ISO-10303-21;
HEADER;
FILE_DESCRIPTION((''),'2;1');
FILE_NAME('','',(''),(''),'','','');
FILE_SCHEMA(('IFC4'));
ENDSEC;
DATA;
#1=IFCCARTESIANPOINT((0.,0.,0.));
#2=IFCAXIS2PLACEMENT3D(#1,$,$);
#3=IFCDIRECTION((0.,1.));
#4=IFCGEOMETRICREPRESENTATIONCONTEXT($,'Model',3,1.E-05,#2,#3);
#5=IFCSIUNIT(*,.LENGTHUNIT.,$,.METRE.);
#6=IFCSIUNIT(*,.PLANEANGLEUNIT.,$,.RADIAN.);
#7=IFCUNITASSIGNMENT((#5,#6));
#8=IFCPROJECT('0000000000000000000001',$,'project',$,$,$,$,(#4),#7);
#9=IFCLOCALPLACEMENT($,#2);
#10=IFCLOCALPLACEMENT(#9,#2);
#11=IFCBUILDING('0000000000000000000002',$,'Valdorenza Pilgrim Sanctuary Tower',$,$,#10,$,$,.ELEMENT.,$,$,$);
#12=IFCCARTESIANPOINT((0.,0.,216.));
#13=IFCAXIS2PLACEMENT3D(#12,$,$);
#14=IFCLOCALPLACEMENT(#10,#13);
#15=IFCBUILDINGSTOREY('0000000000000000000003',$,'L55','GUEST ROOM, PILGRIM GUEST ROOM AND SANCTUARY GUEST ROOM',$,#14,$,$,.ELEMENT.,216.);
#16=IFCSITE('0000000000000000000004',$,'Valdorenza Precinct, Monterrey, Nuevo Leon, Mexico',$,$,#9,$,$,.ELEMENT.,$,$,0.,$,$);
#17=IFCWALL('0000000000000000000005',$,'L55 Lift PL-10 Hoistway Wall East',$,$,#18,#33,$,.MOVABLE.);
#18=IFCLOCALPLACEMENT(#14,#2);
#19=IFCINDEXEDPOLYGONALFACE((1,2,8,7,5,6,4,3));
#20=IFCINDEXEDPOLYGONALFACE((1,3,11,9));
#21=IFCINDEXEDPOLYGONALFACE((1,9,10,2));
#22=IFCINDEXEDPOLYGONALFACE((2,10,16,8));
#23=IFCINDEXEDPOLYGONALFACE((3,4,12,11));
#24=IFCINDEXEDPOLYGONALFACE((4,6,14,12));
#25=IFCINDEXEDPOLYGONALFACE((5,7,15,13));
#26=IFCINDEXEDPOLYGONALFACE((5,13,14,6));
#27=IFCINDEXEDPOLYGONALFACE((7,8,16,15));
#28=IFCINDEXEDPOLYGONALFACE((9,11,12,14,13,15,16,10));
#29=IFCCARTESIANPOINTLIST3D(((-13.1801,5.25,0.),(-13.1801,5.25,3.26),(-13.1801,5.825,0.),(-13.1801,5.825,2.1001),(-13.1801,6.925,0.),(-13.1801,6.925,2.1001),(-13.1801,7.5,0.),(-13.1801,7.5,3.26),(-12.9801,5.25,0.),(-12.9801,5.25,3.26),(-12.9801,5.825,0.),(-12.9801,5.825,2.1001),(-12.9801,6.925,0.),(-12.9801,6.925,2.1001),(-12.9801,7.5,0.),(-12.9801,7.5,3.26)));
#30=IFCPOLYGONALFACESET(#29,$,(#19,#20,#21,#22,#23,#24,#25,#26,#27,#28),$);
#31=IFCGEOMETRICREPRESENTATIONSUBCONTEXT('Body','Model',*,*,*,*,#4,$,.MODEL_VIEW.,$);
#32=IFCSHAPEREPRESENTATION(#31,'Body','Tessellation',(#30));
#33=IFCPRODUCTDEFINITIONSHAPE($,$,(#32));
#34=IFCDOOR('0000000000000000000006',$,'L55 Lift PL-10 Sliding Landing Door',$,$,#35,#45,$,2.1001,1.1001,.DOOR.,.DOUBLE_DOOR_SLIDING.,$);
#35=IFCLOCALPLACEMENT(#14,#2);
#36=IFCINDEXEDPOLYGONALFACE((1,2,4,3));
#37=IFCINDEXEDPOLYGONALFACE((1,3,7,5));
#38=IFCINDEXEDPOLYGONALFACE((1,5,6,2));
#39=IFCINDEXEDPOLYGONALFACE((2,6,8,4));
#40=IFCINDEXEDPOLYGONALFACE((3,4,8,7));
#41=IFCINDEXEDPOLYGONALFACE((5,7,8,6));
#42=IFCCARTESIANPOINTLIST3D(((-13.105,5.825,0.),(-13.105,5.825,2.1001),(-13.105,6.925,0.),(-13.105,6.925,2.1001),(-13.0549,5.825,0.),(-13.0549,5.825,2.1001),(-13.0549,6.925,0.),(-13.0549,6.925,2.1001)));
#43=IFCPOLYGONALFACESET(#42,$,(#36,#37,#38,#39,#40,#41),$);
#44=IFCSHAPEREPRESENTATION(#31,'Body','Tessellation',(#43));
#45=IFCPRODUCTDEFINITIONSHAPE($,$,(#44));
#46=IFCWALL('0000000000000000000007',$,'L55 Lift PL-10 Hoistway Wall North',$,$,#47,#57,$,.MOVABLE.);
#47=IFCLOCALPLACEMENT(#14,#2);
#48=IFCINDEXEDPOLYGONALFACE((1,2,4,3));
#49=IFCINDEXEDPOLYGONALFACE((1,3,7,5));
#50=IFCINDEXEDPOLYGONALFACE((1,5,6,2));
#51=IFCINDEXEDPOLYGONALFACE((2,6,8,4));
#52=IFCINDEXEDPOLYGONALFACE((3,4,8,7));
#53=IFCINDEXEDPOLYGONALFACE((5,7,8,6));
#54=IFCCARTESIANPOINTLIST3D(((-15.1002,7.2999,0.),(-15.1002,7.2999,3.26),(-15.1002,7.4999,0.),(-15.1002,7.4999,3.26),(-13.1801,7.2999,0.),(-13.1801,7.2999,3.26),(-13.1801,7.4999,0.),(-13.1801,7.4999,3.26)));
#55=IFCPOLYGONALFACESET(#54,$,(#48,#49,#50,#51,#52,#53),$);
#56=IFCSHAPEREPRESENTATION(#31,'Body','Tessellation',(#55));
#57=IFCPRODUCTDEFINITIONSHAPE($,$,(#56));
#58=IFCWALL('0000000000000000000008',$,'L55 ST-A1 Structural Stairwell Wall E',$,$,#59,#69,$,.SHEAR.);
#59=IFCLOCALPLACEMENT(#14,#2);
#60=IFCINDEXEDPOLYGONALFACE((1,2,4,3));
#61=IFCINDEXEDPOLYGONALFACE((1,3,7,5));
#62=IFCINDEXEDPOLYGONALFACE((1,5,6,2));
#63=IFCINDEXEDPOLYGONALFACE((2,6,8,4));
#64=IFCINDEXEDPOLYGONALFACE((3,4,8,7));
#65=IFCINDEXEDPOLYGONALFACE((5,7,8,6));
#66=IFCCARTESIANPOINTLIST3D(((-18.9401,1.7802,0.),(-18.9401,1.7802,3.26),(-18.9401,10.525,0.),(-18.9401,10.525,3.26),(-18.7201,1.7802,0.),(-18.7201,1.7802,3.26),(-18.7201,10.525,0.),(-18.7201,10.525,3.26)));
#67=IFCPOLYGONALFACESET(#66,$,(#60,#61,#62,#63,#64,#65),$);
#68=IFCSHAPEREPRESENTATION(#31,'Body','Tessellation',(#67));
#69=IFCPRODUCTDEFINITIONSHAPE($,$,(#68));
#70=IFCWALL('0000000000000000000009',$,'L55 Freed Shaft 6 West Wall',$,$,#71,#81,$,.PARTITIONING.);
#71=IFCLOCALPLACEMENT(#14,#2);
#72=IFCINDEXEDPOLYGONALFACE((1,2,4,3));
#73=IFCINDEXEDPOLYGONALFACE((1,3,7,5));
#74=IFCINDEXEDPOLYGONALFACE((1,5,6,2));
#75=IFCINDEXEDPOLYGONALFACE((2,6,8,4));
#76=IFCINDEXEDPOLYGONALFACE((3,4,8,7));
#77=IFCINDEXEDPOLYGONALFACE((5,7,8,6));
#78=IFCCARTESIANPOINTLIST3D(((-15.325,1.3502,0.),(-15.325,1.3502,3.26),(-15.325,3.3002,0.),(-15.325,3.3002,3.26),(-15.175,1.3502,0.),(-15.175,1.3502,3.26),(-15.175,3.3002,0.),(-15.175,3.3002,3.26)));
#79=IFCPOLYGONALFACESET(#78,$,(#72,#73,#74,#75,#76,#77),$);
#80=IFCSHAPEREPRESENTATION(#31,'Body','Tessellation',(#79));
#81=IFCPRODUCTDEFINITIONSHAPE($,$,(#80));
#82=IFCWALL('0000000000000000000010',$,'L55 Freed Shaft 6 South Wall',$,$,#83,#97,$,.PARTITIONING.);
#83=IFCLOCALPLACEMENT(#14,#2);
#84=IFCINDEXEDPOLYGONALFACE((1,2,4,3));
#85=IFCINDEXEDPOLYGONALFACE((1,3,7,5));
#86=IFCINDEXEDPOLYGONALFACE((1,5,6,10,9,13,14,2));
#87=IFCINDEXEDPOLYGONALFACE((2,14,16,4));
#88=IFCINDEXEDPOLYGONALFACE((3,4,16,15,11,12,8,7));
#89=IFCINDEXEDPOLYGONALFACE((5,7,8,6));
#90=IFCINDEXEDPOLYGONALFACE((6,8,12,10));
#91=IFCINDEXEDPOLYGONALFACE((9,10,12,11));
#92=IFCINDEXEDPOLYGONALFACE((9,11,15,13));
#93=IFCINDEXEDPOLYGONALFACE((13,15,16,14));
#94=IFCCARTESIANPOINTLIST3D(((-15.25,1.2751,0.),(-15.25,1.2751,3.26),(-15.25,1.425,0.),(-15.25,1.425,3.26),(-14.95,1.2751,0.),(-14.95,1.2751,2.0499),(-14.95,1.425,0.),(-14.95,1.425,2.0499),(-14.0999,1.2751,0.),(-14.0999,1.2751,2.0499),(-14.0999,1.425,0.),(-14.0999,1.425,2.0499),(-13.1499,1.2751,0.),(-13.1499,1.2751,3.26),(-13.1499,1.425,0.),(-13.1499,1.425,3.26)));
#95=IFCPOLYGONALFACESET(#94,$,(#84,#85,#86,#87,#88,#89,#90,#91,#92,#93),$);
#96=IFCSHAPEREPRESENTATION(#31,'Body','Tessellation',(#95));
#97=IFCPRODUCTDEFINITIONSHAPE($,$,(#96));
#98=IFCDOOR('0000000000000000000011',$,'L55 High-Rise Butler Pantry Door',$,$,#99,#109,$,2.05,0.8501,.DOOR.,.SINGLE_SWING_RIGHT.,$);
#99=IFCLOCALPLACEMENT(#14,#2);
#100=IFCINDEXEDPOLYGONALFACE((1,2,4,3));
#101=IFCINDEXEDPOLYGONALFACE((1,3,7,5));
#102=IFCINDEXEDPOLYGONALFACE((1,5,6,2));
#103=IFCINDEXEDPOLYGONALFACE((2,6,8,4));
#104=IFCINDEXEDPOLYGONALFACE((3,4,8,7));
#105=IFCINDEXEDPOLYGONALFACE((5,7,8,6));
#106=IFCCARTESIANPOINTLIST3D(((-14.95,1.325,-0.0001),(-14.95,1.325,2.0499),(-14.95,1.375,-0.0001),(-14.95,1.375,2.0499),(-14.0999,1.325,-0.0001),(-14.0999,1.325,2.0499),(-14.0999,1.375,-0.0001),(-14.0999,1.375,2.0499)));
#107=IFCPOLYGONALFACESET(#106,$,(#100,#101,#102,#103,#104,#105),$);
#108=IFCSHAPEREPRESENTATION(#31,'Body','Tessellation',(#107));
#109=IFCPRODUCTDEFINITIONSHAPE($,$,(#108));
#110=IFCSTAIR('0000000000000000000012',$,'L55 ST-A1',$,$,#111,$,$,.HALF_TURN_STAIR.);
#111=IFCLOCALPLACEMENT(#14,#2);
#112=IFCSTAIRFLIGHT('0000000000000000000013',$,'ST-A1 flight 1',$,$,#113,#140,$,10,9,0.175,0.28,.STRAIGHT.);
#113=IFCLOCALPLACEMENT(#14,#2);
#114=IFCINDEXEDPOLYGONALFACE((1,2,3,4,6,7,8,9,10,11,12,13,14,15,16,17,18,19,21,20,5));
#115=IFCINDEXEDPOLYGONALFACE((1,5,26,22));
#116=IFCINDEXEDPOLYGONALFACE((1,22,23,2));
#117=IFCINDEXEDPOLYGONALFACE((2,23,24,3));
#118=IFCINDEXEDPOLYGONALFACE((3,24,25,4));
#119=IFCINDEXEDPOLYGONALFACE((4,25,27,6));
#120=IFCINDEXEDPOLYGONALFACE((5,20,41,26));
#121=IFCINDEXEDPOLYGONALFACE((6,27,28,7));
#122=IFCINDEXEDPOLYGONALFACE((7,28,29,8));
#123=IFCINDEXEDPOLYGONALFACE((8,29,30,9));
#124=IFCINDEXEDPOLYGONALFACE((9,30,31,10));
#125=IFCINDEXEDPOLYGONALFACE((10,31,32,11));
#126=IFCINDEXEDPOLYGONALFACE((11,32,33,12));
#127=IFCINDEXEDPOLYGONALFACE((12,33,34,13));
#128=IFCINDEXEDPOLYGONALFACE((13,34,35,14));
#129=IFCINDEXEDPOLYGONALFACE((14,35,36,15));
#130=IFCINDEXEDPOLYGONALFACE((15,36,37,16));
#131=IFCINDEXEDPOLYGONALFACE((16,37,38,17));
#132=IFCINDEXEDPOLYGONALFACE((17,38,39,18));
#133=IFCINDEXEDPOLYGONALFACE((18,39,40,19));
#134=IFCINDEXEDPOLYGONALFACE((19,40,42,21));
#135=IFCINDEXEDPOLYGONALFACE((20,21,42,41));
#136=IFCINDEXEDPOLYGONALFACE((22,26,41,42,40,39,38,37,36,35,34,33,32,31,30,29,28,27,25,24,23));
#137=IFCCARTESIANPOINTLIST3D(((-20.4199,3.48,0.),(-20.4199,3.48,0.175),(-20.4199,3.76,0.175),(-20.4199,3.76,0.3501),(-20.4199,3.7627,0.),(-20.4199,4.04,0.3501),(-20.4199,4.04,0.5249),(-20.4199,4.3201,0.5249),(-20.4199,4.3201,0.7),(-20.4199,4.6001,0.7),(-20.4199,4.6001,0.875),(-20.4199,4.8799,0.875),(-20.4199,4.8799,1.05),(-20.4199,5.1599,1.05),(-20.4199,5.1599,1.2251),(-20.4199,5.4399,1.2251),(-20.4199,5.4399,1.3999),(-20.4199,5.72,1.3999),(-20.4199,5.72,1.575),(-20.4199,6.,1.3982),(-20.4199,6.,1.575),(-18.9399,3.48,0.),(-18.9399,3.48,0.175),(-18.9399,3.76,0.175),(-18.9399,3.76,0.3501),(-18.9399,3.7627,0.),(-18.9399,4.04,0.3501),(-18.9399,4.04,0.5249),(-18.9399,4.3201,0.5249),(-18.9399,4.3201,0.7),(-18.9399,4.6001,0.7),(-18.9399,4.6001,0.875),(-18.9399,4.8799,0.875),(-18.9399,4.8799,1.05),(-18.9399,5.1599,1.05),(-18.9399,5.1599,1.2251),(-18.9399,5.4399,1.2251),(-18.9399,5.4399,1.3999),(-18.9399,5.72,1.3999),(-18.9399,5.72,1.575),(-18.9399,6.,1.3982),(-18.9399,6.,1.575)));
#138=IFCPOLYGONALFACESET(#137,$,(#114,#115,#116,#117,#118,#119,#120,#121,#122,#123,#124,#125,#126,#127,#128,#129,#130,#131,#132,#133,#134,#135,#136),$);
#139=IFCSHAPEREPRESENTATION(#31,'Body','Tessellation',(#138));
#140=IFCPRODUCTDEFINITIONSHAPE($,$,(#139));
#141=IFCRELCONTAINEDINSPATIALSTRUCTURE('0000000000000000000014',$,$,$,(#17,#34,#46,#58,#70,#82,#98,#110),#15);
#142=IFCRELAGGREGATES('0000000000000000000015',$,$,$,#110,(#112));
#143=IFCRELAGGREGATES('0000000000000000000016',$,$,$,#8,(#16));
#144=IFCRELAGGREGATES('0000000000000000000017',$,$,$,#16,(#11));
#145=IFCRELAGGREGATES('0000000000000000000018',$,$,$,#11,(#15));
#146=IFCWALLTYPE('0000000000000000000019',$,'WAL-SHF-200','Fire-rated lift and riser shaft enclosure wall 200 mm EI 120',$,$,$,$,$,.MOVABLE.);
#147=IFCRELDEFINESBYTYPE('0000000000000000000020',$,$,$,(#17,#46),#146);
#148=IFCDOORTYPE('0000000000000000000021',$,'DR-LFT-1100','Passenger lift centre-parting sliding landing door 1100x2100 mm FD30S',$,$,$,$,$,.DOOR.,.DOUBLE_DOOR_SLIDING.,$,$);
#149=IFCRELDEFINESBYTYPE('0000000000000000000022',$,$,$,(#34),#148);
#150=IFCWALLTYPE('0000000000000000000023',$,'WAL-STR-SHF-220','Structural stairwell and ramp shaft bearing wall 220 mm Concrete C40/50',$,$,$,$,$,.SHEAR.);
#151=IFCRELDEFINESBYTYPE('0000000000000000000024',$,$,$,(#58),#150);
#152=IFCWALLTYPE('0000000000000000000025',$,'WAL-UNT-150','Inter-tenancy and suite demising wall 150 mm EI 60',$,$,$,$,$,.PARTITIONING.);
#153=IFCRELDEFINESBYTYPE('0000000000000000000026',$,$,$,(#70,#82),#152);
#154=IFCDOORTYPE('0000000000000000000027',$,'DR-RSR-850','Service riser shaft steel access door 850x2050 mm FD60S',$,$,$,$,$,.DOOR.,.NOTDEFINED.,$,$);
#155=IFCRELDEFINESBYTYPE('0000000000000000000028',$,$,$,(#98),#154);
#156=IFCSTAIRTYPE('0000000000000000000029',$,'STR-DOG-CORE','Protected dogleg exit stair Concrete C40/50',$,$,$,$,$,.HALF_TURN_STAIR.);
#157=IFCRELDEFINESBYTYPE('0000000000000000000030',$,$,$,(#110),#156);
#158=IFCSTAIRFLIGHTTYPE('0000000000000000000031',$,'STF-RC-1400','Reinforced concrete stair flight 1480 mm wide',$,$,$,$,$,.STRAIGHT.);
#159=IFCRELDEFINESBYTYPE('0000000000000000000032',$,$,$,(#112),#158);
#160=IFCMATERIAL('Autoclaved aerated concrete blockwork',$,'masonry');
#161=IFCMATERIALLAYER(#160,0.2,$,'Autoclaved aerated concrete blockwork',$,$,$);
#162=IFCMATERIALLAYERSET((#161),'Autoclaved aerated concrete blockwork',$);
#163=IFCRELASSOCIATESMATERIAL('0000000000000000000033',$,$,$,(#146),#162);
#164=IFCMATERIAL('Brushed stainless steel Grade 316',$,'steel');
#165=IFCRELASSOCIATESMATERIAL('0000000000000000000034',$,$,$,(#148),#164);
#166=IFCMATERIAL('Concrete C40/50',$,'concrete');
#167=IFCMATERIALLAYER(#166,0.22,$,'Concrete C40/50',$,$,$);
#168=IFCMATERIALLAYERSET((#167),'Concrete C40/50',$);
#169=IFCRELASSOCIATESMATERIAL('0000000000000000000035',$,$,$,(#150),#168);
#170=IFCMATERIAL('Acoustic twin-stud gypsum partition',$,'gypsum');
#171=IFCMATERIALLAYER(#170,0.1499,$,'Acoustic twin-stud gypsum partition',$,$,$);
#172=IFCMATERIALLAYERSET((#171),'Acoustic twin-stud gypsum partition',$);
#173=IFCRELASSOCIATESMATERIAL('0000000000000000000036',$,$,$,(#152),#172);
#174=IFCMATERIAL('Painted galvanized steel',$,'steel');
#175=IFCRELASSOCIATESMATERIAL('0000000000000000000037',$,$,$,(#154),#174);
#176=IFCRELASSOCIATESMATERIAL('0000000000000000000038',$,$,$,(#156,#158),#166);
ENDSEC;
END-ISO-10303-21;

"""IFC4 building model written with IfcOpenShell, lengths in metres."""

from ifc_helpers import new_model, si_unit, direction, frame, frame_2d, origin, place, context, subcontext, project, spatial, polyline, rectangle, outline, extrude, material, layer, layer_set, type_object, element, fill, aggregate, save


model = new_model("IFC4")

# Units and contexts
model_context = context("Model", 3, precision=1e-05, world=origin(), true_north=direction((0.0, 1.0)))
body_context = subcontext(model_context, "Body", "Model", "MODEL_VIEW")
ifc_project = project(units=[si_unit("LENGTHUNIT", "METRE"), si_unit("PLANEANGLEUNIT", "RADIAN")], contexts=[model_context])

# Site, building, storey
site_placement = place(None, origin())
site = spatial("IfcSite", under=ifc_project, at=site_placement, Name="Valdorenza Precinct, Monterrey, Nuevo Leon, Mexico", CompositionType="ELEMENT", RefElevation=0.0)
building_placement = place(site_placement, origin())
building = spatial("IfcBuilding", under=site, at=building_placement, Name="Valdorenza Pilgrim Sanctuary Tower", CompositionType="ELEMENT")
storey_placement = place(building_placement, frame((0.0, 0.0, 216.0)))
storey = spatial("IfcBuildingStorey", under=building, at=storey_placement, Name="L55", Description="GUEST ROOM, PILGRIM GUEST ROOM AND SANCTUARY GUEST ROOM", CompositionType="ELEMENT", Elevation=216.0)

# Shared definitions
ifc_material_1 = material(Name="Acoustic twin-stud gypsum partition", Category="gypsum")
ifc_material_2 = material(Name="Autoclaved aerated concrete blockwork", Category="masonry")
ifc_layer_1 = layer(ifc_material_2, 0.2, Name="Autoclaved aerated concrete blockwork")
ifc_layer_set_1 = layer_set([ifc_layer_1], Name="Autoclaved aerated concrete blockwork")
wall_type_1 = type_object("IfcWallType", Name="WAL-SHF-200", Description="Fire-rated lift and riser shaft enclosure wall 200 mm EI 120", PredefinedType="MOVABLE", material=ifc_layer_set_1)

# Shared definitions
ifc_material_3 = material(Name="Brushed stainless steel Grade 316", Category="steel")

# Shared definitions
door_type_1 = type_object("IfcDoorType", Name="DR-LFT-1100", Description="Passenger lift centre-parting sliding landing door 1100x2100 mm FD30S", OperationType="DOUBLE_DOOR_SLIDING", PredefinedType="DOOR", material=ifc_material_3)

# Wall, opening, door
wall_1_placement = place(storey_placement, frame((-13.0801, 5.25, 0.0), z_axis=(0.0, 0.0, 1.0), x_axis=(0.0, 1.0, 0.0)))
wall_1 = element("IfcWall", 1, at=wall_1_placement, inside=storey, type_object=wall_type_1, Name="L55 Lift PL-10 Hoistway Wall East", PredefinedType="MOVABLE", context=body_context, shape_type="SweptSolid", body=[
    extrude(rectangle(XDim=2.25, YDim=0.2, at=frame_2d((1.125, 0.0))), origin(), (0.0, 0.0, 1.0), 3.26),
])
opening_1_placement = place(wall_1_placement, frame((0.575, 0.0, 0.0)))
opening_1 = element("IfcOpeningElement", 2, at=opening_1_placement, cuts=wall_1, PredefinedType="OPENING", context=body_context, shape_type="SweptSolid", body=[
    extrude(rectangle(XDim=1.1001, YDim=2.1001, at=frame_2d((0.55, 1.05))), frame((0.0, 0.1147, 0.0), z_axis=(0.0, -1.0, 0.0), x_axis=(1.0, 0.0, 0.0)), (0.0, 0.0, 1.0), 0.2297),
])
door_1_placement = place(opening_1_placement, origin())
door_1 = element("IfcDoor", 3, at=door_1_placement, inside=storey, type_object=door_type_1, Name="L55 Lift PL-10 Sliding Landing Door", OperationType="DOUBLE_DOOR_SLIDING", OverallHeight=2.1001, OverallWidth=1.1001, PredefinedType="DOOR", context=body_context, shape_type="SweptSolid", body=[
    extrude(rectangle(XDim=1.1001, YDim=2.1001, at=frame_2d((0.55, 1.05))), frame((0.0, 0.0249, 0.0), z_axis=(0.0, -1.0, 0.0), x_axis=(1.0, 0.0, 0.0)), (0.0, 0.0, 1.0), 0.05),
])
fill(opening_1, door_1)

# Walls
wall_2_placement = place(storey_placement, frame((-15.1001, 7.3999, 0.0), z_axis=(0.0, 0.0, 1.0), x_axis=(1.0, 0.0, 0.0)))
element("IfcWall", 4, at=wall_2_placement, inside=storey, type_object=wall_type_1, Name="L55 Lift PL-10 Hoistway Wall North", PredefinedType="MOVABLE", context=body_context, shape_type="SweptSolid", body=[
    extrude(rectangle(XDim=1.9202, YDim=0.2, at=frame_2d((0.96, 0.0))), origin(), (0.0, 0.0, 1.0), 3.26),
])
ifc_material_4 = material(Name="Concrete C40/50", Category="concrete")
ifc_layer_2 = layer(ifc_material_4, 0.22, Name="Concrete C40/50")
ifc_layer_set_2 = layer_set([ifc_layer_2], Name="Concrete C40/50")
wall_type_2 = type_object("IfcWallType", Name="WAL-STR-SHF-220", Description="Structural stairwell and ramp shaft bearing wall 220 mm Concrete C40/50", PredefinedType="SHEAR", material=ifc_layer_set_2)
wall_3_placement = place(storey_placement, frame((-18.8301, 1.78, 0.0), z_axis=(0.0, 0.0, 1.0), x_axis=(0.0, 1.0, 0.0)))
element("IfcWall", 5, at=wall_3_placement, inside=storey, type_object=wall_type_2, Name="L55 ST-A1 Structural Stairwell Wall E", PredefinedType="SHEAR", context=body_context, shape_type="SweptSolid", body=[
    extrude(rectangle(XDim=8.7449, YDim=0.22, at=frame_2d((4.3726, 0.0))), origin(), (0.0, 0.0, 1.0), 3.26),
])
ifc_layer_3 = layer(ifc_material_1, 0.1499, Name="Acoustic twin-stud gypsum partition")
ifc_layer_set_3 = layer_set([ifc_layer_3], Name="Acoustic twin-stud gypsum partition")
wall_type_3 = type_object("IfcWallType", Name="WAL-UNT-150", Description="Inter-tenancy and suite demising wall 150 mm EI 60", PredefinedType="PARTITIONING", material=ifc_layer_set_3)
wall_4_placement = place(storey_placement, frame((-15.25, 1.3501, 0.0), z_axis=(0.0, 0.0, 1.0), x_axis=(0.0, 1.0, 0.0)))
element("IfcWall", 6, at=wall_4_placement, inside=storey, type_object=wall_type_3, Name="L55 Freed Shaft 6 West Wall", PredefinedType="PARTITIONING", context=body_context, shape_type="SweptSolid", body=[
    extrude(rectangle(XDim=1.95, YDim=0.1499, at=frame_2d((0.9751, 0.0))), origin(), (0.0, 0.0, 1.0), 3.26),
])

# Wall, opening, door
wall_5_placement = place(storey_placement, frame((-15.25, 1.3501, 0.0), z_axis=(0.0, 0.0, 1.0), x_axis=(1.0, 0.0, 0.0)))
wall_5 = element("IfcWall", 7, at=wall_5_placement, inside=storey, type_object=wall_type_3, Name="L55 Freed Shaft 6 South Wall", PredefinedType="PARTITIONING", context=body_context, shape_type="SweptSolid", body=[
    extrude(rectangle(XDim=2.1001, YDim=0.1499, at=frame_2d((1.05, 0.0))), origin(), (0.0, 0.0, 1.0), 3.26),
])
opening_2_placement = place(wall_5_placement, frame((0.3, 0.0, 0.0)))
opening_2 = element("IfcOpeningElement", 8, at=opening_2_placement, cuts=wall_5, PredefinedType="OPENING", context=body_context, shape_type="SweptSolid", body=[
    extrude(rectangle(XDim=0.8501, YDim=2.05, at=frame_2d((0.425, 1.0249))), frame((0.0, 0.0898, 0.0), z_axis=(0.0, -1.0, 0.0), x_axis=(1.0, 0.0, 0.0)), (0.0, 0.0, 1.0), 0.1797),
])
ifc_material_5 = material(Name="Painted galvanized steel", Category="steel")
door_type_2 = type_object("IfcDoorType", Name="DR-RSR-850", Description="Service riser shaft steel access door 850x2050 mm FD60S", OperationType="NOTDEFINED", PredefinedType="DOOR", material=ifc_material_5)
door_2_placement = place(opening_2_placement, origin())
door_2 = element("IfcDoor", 9, at=door_2_placement, inside=storey, type_object=door_type_2, Name="L55 High-Rise Butler Pantry Door", OperationType="SINGLE_SWING_RIGHT", OverallHeight=2.05, OverallWidth=0.8501, PredefinedType="DOOR", context=body_context, shape_type="SweptSolid", body=[
    extrude(rectangle(XDim=0.8501, YDim=2.05, at=frame_2d((0.425, 1.0249))), frame((0.0, 0.0249, 0.0), z_axis=(0.0, -1.0, 0.0), x_axis=(1.0, 0.0, 0.0)), (0.0, 0.0, 1.0), 0.05),
])
fill(opening_2, door_2)

# Stair, stair flight
stair_type = type_object("IfcStairType", Name="STR-DOG-CORE", Description="Protected dogleg exit stair Concrete C40/50", PredefinedType="HALF_TURN_STAIR", material=ifc_material_4)
stair_placement = place(storey_placement, origin())
stair = element("IfcStair", 10, at=stair_placement, inside=storey, type_object=stair_type, Name="L55 ST-A1", PredefinedType="HALF_TURN_STAIR")
stair_flight_type = type_object("IfcStairFlightType", Name="STF-RC-1400", Description="Reinforced concrete stair flight 1480 mm wide", PredefinedType="STRAIGHT", material=ifc_material_4)
stair_flight_placement = place(storey_placement, frame((-19.6799, 3.48, 0.0), z_axis=(0.0, 0.0, 1.0), x_axis=(0.0, 1.0, 0.0)))
stair_flight = element("IfcStairFlight", 11, at=stair_flight_placement, type_object=stair_flight_type, Name="ST-A1 flight 1", NumberOfRisers=10, NumberOfTreads=9, PredefinedType="STRAIGHT", RiserHeight=0.175, TreadLength=0.28, context=body_context, shape_type="SweptSolid", body=[
    extrude(outline(polyline([(0.0, 0.0), (0.0, 0.175), (0.28, 0.175), (0.28, 0.3501), (0.5601, 0.3501), (0.5601, 0.5249), (0.8401, 0.5249), (0.8401, 0.7), (1.1201, 0.7), (1.1201, 0.875), (1.3999, 0.875), (1.3999, 1.05), (1.6799, 1.05), (1.6799, 1.2251), (1.96, 1.2251), (1.96, 1.3999), (2.24, 1.3999), (2.24, 1.575), (2.52, 1.575), (2.52, 1.75), (2.52, 1.3982), (0.2827, 0.0), (0.0, 0.0)])), frame((0.0, 0.74, 0.0), z_axis=(0.0, -1.0, 0.0), x_axis=(1.0, 0.0, 0.0)), (0.0, 0.0, 1.0), 1.48),
])
aggregate(stair, [stair_flight])

save(model, "model.ifc")
